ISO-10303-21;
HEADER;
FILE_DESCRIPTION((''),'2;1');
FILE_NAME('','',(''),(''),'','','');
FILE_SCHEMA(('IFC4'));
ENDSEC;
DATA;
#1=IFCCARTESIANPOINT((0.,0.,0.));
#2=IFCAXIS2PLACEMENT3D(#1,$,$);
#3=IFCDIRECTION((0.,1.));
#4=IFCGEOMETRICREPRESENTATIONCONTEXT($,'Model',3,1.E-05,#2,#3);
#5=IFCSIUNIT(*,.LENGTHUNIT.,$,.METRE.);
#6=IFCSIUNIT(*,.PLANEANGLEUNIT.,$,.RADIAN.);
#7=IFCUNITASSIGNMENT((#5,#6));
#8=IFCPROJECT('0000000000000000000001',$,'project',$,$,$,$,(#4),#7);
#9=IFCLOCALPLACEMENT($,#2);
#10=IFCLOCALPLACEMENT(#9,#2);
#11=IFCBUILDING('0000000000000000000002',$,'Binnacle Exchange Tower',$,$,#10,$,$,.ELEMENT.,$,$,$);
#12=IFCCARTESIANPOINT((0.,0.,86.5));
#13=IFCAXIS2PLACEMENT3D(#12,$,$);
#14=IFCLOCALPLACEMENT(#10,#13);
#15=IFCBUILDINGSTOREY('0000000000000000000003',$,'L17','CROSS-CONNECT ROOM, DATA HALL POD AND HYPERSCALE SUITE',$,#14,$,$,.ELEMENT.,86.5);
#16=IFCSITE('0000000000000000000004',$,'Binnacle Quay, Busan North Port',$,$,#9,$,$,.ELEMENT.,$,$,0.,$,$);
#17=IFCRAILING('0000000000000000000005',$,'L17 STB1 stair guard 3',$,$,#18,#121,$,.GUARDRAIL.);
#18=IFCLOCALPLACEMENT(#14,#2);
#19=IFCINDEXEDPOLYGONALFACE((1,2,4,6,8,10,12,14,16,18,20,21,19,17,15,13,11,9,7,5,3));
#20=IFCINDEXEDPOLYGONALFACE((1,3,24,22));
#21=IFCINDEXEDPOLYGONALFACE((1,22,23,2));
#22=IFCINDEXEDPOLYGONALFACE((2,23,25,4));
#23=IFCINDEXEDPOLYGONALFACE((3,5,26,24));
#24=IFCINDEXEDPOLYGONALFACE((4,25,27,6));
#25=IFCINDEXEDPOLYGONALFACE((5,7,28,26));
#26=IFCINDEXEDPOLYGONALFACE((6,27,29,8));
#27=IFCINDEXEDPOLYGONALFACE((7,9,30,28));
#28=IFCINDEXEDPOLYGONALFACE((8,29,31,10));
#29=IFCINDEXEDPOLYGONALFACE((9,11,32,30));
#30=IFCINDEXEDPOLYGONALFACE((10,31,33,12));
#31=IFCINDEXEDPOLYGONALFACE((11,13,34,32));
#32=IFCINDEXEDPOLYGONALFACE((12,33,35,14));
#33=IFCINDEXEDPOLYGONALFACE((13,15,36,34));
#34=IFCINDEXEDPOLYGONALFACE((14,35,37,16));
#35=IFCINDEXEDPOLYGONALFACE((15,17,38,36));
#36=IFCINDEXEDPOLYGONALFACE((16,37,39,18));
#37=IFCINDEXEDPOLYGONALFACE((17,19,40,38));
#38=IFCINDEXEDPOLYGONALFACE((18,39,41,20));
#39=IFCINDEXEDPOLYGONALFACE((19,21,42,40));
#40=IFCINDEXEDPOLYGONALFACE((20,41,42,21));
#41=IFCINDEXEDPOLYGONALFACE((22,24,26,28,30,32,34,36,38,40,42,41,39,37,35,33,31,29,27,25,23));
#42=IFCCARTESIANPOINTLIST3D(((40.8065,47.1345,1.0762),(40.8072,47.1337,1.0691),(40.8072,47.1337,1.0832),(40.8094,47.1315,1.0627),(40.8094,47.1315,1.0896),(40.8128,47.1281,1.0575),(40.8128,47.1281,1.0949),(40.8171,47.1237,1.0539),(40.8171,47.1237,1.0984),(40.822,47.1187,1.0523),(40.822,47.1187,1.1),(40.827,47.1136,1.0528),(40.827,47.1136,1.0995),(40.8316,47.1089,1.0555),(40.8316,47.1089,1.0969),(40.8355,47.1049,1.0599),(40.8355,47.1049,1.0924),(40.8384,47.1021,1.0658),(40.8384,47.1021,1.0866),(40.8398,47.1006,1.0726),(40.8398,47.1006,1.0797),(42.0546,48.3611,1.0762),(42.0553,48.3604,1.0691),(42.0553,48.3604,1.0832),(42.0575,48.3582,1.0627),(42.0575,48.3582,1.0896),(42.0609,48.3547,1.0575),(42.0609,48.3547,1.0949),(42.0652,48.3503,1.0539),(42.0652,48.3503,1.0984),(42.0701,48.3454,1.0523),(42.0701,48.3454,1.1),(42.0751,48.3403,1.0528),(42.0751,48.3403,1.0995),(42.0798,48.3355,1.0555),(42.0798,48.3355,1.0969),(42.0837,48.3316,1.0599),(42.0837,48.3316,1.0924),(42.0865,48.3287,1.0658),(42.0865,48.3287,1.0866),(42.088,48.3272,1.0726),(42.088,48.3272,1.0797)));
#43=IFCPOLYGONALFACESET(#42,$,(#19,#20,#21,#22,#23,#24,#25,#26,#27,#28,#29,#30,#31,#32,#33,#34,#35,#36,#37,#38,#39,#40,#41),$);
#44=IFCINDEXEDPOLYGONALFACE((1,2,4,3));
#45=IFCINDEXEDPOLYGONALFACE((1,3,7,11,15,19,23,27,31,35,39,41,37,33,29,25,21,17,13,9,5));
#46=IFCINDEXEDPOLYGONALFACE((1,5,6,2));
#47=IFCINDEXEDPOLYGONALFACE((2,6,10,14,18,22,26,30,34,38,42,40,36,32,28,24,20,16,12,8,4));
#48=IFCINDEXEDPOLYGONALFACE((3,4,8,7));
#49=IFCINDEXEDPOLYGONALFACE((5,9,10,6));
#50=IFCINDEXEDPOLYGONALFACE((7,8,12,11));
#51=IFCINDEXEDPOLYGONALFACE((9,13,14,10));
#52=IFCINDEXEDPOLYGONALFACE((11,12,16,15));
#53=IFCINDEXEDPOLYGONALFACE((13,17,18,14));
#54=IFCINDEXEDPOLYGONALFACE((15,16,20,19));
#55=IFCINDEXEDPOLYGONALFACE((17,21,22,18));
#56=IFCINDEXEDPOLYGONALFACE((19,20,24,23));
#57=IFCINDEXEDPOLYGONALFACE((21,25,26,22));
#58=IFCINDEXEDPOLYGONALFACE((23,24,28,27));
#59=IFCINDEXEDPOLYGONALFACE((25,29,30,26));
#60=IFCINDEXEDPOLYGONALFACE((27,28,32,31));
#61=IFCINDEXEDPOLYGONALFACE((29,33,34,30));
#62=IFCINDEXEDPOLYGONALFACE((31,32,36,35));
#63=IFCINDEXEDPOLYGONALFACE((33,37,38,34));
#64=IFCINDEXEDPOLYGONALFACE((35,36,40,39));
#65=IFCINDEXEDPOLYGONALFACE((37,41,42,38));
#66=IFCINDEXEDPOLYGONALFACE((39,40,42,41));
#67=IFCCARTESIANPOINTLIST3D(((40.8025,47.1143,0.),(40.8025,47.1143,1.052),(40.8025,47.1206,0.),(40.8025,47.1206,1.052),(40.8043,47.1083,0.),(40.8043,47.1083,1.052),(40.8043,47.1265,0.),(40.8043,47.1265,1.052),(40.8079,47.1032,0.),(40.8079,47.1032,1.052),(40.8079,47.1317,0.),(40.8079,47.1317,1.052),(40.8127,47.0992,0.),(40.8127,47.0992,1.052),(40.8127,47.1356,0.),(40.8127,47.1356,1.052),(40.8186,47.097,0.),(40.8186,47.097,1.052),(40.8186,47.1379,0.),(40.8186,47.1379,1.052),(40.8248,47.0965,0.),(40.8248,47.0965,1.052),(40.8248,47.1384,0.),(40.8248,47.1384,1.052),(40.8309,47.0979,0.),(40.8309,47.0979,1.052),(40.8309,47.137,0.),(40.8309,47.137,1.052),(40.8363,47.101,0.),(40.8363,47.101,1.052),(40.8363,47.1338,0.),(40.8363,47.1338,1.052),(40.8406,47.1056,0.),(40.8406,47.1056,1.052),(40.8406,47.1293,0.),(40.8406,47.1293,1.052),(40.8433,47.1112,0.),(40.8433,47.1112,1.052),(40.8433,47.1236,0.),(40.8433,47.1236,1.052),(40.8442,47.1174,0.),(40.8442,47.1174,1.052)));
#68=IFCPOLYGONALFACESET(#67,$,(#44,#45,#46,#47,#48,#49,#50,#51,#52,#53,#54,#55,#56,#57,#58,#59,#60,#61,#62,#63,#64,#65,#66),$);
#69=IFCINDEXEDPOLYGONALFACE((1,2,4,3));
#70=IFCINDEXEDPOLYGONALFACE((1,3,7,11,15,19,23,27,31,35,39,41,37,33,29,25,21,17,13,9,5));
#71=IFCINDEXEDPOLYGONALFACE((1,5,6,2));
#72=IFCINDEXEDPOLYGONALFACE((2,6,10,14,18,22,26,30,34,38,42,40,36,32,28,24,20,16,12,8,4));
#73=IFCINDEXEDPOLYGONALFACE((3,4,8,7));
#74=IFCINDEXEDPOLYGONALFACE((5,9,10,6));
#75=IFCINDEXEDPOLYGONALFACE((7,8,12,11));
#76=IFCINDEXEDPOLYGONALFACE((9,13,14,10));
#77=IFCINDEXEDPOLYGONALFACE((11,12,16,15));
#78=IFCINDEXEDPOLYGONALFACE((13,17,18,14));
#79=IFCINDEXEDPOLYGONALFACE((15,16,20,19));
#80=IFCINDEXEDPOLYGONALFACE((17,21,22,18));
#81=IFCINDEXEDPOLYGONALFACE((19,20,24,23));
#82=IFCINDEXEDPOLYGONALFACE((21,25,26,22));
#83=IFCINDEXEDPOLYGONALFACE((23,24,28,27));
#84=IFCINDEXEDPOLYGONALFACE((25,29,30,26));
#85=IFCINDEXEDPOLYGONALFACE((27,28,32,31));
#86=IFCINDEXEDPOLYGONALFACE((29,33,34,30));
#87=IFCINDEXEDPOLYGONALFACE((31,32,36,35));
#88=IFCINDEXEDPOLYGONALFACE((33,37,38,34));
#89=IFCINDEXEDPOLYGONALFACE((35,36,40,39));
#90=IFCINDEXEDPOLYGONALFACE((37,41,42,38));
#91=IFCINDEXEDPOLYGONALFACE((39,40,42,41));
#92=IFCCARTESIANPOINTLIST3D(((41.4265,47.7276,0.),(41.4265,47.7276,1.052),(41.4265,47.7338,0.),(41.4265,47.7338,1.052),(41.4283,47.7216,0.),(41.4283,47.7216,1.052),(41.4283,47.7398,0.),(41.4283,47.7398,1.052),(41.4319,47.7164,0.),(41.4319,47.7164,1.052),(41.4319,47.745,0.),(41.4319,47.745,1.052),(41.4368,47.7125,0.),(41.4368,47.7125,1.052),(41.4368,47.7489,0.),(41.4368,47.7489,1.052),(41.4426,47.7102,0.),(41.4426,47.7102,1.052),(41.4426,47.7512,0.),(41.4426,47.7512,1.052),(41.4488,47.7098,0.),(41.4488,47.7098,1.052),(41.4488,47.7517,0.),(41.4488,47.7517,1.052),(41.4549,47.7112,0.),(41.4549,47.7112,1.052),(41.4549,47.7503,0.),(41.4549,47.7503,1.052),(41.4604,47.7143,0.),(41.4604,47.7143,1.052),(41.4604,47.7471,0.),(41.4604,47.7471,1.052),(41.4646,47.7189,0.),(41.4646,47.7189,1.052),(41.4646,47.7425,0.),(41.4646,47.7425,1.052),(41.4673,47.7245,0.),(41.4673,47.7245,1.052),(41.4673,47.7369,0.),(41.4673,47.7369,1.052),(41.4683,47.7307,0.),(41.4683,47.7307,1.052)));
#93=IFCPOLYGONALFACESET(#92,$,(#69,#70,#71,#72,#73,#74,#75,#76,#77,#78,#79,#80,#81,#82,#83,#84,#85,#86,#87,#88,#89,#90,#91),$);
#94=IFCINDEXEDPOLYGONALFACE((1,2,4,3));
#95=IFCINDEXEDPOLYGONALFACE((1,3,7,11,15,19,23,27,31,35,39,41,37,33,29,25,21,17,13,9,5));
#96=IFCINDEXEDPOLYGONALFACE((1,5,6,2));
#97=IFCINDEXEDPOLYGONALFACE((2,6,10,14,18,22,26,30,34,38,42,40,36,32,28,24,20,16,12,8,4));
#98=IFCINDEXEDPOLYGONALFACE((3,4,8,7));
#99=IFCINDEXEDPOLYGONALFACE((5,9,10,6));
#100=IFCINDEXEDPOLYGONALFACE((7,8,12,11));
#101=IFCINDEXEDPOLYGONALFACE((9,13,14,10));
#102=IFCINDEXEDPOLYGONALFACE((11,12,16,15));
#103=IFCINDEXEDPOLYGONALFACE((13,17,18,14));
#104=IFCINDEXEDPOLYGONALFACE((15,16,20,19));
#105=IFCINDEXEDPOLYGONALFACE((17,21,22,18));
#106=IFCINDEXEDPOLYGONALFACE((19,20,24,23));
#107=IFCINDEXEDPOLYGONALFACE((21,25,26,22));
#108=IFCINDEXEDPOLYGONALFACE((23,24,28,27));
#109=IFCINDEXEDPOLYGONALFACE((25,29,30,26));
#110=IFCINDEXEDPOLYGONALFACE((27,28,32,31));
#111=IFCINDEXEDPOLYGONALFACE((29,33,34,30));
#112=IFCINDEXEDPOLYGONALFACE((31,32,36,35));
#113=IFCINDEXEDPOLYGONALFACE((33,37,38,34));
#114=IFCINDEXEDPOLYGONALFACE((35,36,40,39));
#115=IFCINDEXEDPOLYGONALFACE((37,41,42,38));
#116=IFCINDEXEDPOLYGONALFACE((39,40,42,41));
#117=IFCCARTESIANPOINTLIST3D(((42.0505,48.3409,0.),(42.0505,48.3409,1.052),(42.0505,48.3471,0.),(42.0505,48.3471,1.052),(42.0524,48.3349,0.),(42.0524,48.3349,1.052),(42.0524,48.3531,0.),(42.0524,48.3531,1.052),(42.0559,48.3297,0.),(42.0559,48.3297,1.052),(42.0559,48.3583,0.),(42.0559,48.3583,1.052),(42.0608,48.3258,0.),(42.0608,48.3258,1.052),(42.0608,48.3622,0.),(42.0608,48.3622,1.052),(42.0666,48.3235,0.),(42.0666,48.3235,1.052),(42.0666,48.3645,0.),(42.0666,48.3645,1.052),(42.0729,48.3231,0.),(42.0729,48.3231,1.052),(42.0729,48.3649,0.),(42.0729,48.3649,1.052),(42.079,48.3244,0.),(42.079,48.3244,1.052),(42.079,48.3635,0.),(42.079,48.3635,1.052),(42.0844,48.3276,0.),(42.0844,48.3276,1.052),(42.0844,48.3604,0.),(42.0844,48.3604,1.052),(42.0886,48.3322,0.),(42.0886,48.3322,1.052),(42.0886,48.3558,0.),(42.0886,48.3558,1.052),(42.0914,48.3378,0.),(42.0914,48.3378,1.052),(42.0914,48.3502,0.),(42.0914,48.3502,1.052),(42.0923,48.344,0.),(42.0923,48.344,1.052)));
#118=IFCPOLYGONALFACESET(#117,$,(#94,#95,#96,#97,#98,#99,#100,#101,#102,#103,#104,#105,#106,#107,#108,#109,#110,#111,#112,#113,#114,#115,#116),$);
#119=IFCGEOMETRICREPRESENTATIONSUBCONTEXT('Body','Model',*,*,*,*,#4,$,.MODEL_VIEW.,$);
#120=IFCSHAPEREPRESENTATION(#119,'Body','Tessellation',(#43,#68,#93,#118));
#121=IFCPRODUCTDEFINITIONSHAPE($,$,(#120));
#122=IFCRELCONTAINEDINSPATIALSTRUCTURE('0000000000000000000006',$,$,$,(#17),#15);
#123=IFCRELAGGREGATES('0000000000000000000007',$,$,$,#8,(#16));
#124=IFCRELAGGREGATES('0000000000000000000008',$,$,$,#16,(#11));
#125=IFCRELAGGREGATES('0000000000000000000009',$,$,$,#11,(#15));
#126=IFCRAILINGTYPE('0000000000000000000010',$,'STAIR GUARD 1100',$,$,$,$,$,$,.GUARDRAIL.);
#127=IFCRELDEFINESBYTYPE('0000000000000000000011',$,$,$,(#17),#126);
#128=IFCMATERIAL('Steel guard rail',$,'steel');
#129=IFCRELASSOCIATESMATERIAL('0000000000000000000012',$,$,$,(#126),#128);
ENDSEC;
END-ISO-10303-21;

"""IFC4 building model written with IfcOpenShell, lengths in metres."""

from ifc_helpers import new_model, si_unit, direction, frame, origin, origin_2d, place, context, subcontext, project, spatial, circle, extrude, material, type_object, element, save


model = new_model("IFC4")

# Units and contexts
model_context = context("Model", 3, precision=1e-05, world=origin(), true_north=direction((0.0, 1.0)))
body_context = subcontext(model_context, "Body", "Model", "MODEL_VIEW")
ifc_project = project(units=[si_unit("LENGTHUNIT", "METRE"), si_unit("PLANEANGLEUNIT", "RADIAN")], contexts=[model_context])

# Site, building, storey
site_placement = place(None, origin())
site = spatial("IfcSite", under=ifc_project, at=site_placement, Name="Binnacle Quay, Busan North Port", CompositionType="ELEMENT", RefElevation=0.0)
building_placement = place(site_placement, origin())
building = spatial("IfcBuilding", under=site, at=building_placement, Name="Binnacle Exchange Tower", CompositionType="ELEMENT")
storey_placement = place(building_placement, frame((0.0, 0.0, 86.5)))
storey = spatial("IfcBuildingStorey", under=building, at=storey_placement, Name="L17", Description="CROSS-CONNECT ROOM, DATA HALL POD AND HYPERSCALE SUITE", CompositionType="ELEMENT", Elevation=86.5)

# Railing
ifc_material_1 = material(Name="Steel guard rail", Category="steel")
railing_type_1 = type_object("IfcRailingType", Name="STAIR GUARD 1100", PredefinedType="GUARDRAIL", material=ifc_material_1)
railing_1_placement = place(storey_placement, frame((40.8232, 47.1174, 0.0)))
element("IfcRailing", 1, at=railing_1_placement, inside=storey, type_object=railing_type_1, Name="L17 STB1 stair guard 3", PredefinedType="GUARDRAIL", context=body_context, shape_type="SweptSolid", body=[
    extrude(circle(Radius=0.0239, at=origin_2d()), frame((0.0, 0.0, 1.0762), z_axis=(0.713219, 0.700941, 0.0), x_axis=(-0.700941, 0.713219, 0.0)), (0.0, 0.0, 1.0), 1.75),
    extrude(circle(Radius=0.021, at=origin_2d()), origin(), (0.0, 0.0, 1.0), 1.052),
    extrude(circle(Radius=0.021, at=origin_2d()), frame((0.624, 0.6133, 0.0)), (0.0, 0.0, 1.0), 1.052),
    extrude(circle(Radius=0.021, at=origin_2d()), frame((1.248, 1.2266, 0.0)), (0.0, 0.0, 1.0), 1.052),
])

save(model, "model.ifc")
